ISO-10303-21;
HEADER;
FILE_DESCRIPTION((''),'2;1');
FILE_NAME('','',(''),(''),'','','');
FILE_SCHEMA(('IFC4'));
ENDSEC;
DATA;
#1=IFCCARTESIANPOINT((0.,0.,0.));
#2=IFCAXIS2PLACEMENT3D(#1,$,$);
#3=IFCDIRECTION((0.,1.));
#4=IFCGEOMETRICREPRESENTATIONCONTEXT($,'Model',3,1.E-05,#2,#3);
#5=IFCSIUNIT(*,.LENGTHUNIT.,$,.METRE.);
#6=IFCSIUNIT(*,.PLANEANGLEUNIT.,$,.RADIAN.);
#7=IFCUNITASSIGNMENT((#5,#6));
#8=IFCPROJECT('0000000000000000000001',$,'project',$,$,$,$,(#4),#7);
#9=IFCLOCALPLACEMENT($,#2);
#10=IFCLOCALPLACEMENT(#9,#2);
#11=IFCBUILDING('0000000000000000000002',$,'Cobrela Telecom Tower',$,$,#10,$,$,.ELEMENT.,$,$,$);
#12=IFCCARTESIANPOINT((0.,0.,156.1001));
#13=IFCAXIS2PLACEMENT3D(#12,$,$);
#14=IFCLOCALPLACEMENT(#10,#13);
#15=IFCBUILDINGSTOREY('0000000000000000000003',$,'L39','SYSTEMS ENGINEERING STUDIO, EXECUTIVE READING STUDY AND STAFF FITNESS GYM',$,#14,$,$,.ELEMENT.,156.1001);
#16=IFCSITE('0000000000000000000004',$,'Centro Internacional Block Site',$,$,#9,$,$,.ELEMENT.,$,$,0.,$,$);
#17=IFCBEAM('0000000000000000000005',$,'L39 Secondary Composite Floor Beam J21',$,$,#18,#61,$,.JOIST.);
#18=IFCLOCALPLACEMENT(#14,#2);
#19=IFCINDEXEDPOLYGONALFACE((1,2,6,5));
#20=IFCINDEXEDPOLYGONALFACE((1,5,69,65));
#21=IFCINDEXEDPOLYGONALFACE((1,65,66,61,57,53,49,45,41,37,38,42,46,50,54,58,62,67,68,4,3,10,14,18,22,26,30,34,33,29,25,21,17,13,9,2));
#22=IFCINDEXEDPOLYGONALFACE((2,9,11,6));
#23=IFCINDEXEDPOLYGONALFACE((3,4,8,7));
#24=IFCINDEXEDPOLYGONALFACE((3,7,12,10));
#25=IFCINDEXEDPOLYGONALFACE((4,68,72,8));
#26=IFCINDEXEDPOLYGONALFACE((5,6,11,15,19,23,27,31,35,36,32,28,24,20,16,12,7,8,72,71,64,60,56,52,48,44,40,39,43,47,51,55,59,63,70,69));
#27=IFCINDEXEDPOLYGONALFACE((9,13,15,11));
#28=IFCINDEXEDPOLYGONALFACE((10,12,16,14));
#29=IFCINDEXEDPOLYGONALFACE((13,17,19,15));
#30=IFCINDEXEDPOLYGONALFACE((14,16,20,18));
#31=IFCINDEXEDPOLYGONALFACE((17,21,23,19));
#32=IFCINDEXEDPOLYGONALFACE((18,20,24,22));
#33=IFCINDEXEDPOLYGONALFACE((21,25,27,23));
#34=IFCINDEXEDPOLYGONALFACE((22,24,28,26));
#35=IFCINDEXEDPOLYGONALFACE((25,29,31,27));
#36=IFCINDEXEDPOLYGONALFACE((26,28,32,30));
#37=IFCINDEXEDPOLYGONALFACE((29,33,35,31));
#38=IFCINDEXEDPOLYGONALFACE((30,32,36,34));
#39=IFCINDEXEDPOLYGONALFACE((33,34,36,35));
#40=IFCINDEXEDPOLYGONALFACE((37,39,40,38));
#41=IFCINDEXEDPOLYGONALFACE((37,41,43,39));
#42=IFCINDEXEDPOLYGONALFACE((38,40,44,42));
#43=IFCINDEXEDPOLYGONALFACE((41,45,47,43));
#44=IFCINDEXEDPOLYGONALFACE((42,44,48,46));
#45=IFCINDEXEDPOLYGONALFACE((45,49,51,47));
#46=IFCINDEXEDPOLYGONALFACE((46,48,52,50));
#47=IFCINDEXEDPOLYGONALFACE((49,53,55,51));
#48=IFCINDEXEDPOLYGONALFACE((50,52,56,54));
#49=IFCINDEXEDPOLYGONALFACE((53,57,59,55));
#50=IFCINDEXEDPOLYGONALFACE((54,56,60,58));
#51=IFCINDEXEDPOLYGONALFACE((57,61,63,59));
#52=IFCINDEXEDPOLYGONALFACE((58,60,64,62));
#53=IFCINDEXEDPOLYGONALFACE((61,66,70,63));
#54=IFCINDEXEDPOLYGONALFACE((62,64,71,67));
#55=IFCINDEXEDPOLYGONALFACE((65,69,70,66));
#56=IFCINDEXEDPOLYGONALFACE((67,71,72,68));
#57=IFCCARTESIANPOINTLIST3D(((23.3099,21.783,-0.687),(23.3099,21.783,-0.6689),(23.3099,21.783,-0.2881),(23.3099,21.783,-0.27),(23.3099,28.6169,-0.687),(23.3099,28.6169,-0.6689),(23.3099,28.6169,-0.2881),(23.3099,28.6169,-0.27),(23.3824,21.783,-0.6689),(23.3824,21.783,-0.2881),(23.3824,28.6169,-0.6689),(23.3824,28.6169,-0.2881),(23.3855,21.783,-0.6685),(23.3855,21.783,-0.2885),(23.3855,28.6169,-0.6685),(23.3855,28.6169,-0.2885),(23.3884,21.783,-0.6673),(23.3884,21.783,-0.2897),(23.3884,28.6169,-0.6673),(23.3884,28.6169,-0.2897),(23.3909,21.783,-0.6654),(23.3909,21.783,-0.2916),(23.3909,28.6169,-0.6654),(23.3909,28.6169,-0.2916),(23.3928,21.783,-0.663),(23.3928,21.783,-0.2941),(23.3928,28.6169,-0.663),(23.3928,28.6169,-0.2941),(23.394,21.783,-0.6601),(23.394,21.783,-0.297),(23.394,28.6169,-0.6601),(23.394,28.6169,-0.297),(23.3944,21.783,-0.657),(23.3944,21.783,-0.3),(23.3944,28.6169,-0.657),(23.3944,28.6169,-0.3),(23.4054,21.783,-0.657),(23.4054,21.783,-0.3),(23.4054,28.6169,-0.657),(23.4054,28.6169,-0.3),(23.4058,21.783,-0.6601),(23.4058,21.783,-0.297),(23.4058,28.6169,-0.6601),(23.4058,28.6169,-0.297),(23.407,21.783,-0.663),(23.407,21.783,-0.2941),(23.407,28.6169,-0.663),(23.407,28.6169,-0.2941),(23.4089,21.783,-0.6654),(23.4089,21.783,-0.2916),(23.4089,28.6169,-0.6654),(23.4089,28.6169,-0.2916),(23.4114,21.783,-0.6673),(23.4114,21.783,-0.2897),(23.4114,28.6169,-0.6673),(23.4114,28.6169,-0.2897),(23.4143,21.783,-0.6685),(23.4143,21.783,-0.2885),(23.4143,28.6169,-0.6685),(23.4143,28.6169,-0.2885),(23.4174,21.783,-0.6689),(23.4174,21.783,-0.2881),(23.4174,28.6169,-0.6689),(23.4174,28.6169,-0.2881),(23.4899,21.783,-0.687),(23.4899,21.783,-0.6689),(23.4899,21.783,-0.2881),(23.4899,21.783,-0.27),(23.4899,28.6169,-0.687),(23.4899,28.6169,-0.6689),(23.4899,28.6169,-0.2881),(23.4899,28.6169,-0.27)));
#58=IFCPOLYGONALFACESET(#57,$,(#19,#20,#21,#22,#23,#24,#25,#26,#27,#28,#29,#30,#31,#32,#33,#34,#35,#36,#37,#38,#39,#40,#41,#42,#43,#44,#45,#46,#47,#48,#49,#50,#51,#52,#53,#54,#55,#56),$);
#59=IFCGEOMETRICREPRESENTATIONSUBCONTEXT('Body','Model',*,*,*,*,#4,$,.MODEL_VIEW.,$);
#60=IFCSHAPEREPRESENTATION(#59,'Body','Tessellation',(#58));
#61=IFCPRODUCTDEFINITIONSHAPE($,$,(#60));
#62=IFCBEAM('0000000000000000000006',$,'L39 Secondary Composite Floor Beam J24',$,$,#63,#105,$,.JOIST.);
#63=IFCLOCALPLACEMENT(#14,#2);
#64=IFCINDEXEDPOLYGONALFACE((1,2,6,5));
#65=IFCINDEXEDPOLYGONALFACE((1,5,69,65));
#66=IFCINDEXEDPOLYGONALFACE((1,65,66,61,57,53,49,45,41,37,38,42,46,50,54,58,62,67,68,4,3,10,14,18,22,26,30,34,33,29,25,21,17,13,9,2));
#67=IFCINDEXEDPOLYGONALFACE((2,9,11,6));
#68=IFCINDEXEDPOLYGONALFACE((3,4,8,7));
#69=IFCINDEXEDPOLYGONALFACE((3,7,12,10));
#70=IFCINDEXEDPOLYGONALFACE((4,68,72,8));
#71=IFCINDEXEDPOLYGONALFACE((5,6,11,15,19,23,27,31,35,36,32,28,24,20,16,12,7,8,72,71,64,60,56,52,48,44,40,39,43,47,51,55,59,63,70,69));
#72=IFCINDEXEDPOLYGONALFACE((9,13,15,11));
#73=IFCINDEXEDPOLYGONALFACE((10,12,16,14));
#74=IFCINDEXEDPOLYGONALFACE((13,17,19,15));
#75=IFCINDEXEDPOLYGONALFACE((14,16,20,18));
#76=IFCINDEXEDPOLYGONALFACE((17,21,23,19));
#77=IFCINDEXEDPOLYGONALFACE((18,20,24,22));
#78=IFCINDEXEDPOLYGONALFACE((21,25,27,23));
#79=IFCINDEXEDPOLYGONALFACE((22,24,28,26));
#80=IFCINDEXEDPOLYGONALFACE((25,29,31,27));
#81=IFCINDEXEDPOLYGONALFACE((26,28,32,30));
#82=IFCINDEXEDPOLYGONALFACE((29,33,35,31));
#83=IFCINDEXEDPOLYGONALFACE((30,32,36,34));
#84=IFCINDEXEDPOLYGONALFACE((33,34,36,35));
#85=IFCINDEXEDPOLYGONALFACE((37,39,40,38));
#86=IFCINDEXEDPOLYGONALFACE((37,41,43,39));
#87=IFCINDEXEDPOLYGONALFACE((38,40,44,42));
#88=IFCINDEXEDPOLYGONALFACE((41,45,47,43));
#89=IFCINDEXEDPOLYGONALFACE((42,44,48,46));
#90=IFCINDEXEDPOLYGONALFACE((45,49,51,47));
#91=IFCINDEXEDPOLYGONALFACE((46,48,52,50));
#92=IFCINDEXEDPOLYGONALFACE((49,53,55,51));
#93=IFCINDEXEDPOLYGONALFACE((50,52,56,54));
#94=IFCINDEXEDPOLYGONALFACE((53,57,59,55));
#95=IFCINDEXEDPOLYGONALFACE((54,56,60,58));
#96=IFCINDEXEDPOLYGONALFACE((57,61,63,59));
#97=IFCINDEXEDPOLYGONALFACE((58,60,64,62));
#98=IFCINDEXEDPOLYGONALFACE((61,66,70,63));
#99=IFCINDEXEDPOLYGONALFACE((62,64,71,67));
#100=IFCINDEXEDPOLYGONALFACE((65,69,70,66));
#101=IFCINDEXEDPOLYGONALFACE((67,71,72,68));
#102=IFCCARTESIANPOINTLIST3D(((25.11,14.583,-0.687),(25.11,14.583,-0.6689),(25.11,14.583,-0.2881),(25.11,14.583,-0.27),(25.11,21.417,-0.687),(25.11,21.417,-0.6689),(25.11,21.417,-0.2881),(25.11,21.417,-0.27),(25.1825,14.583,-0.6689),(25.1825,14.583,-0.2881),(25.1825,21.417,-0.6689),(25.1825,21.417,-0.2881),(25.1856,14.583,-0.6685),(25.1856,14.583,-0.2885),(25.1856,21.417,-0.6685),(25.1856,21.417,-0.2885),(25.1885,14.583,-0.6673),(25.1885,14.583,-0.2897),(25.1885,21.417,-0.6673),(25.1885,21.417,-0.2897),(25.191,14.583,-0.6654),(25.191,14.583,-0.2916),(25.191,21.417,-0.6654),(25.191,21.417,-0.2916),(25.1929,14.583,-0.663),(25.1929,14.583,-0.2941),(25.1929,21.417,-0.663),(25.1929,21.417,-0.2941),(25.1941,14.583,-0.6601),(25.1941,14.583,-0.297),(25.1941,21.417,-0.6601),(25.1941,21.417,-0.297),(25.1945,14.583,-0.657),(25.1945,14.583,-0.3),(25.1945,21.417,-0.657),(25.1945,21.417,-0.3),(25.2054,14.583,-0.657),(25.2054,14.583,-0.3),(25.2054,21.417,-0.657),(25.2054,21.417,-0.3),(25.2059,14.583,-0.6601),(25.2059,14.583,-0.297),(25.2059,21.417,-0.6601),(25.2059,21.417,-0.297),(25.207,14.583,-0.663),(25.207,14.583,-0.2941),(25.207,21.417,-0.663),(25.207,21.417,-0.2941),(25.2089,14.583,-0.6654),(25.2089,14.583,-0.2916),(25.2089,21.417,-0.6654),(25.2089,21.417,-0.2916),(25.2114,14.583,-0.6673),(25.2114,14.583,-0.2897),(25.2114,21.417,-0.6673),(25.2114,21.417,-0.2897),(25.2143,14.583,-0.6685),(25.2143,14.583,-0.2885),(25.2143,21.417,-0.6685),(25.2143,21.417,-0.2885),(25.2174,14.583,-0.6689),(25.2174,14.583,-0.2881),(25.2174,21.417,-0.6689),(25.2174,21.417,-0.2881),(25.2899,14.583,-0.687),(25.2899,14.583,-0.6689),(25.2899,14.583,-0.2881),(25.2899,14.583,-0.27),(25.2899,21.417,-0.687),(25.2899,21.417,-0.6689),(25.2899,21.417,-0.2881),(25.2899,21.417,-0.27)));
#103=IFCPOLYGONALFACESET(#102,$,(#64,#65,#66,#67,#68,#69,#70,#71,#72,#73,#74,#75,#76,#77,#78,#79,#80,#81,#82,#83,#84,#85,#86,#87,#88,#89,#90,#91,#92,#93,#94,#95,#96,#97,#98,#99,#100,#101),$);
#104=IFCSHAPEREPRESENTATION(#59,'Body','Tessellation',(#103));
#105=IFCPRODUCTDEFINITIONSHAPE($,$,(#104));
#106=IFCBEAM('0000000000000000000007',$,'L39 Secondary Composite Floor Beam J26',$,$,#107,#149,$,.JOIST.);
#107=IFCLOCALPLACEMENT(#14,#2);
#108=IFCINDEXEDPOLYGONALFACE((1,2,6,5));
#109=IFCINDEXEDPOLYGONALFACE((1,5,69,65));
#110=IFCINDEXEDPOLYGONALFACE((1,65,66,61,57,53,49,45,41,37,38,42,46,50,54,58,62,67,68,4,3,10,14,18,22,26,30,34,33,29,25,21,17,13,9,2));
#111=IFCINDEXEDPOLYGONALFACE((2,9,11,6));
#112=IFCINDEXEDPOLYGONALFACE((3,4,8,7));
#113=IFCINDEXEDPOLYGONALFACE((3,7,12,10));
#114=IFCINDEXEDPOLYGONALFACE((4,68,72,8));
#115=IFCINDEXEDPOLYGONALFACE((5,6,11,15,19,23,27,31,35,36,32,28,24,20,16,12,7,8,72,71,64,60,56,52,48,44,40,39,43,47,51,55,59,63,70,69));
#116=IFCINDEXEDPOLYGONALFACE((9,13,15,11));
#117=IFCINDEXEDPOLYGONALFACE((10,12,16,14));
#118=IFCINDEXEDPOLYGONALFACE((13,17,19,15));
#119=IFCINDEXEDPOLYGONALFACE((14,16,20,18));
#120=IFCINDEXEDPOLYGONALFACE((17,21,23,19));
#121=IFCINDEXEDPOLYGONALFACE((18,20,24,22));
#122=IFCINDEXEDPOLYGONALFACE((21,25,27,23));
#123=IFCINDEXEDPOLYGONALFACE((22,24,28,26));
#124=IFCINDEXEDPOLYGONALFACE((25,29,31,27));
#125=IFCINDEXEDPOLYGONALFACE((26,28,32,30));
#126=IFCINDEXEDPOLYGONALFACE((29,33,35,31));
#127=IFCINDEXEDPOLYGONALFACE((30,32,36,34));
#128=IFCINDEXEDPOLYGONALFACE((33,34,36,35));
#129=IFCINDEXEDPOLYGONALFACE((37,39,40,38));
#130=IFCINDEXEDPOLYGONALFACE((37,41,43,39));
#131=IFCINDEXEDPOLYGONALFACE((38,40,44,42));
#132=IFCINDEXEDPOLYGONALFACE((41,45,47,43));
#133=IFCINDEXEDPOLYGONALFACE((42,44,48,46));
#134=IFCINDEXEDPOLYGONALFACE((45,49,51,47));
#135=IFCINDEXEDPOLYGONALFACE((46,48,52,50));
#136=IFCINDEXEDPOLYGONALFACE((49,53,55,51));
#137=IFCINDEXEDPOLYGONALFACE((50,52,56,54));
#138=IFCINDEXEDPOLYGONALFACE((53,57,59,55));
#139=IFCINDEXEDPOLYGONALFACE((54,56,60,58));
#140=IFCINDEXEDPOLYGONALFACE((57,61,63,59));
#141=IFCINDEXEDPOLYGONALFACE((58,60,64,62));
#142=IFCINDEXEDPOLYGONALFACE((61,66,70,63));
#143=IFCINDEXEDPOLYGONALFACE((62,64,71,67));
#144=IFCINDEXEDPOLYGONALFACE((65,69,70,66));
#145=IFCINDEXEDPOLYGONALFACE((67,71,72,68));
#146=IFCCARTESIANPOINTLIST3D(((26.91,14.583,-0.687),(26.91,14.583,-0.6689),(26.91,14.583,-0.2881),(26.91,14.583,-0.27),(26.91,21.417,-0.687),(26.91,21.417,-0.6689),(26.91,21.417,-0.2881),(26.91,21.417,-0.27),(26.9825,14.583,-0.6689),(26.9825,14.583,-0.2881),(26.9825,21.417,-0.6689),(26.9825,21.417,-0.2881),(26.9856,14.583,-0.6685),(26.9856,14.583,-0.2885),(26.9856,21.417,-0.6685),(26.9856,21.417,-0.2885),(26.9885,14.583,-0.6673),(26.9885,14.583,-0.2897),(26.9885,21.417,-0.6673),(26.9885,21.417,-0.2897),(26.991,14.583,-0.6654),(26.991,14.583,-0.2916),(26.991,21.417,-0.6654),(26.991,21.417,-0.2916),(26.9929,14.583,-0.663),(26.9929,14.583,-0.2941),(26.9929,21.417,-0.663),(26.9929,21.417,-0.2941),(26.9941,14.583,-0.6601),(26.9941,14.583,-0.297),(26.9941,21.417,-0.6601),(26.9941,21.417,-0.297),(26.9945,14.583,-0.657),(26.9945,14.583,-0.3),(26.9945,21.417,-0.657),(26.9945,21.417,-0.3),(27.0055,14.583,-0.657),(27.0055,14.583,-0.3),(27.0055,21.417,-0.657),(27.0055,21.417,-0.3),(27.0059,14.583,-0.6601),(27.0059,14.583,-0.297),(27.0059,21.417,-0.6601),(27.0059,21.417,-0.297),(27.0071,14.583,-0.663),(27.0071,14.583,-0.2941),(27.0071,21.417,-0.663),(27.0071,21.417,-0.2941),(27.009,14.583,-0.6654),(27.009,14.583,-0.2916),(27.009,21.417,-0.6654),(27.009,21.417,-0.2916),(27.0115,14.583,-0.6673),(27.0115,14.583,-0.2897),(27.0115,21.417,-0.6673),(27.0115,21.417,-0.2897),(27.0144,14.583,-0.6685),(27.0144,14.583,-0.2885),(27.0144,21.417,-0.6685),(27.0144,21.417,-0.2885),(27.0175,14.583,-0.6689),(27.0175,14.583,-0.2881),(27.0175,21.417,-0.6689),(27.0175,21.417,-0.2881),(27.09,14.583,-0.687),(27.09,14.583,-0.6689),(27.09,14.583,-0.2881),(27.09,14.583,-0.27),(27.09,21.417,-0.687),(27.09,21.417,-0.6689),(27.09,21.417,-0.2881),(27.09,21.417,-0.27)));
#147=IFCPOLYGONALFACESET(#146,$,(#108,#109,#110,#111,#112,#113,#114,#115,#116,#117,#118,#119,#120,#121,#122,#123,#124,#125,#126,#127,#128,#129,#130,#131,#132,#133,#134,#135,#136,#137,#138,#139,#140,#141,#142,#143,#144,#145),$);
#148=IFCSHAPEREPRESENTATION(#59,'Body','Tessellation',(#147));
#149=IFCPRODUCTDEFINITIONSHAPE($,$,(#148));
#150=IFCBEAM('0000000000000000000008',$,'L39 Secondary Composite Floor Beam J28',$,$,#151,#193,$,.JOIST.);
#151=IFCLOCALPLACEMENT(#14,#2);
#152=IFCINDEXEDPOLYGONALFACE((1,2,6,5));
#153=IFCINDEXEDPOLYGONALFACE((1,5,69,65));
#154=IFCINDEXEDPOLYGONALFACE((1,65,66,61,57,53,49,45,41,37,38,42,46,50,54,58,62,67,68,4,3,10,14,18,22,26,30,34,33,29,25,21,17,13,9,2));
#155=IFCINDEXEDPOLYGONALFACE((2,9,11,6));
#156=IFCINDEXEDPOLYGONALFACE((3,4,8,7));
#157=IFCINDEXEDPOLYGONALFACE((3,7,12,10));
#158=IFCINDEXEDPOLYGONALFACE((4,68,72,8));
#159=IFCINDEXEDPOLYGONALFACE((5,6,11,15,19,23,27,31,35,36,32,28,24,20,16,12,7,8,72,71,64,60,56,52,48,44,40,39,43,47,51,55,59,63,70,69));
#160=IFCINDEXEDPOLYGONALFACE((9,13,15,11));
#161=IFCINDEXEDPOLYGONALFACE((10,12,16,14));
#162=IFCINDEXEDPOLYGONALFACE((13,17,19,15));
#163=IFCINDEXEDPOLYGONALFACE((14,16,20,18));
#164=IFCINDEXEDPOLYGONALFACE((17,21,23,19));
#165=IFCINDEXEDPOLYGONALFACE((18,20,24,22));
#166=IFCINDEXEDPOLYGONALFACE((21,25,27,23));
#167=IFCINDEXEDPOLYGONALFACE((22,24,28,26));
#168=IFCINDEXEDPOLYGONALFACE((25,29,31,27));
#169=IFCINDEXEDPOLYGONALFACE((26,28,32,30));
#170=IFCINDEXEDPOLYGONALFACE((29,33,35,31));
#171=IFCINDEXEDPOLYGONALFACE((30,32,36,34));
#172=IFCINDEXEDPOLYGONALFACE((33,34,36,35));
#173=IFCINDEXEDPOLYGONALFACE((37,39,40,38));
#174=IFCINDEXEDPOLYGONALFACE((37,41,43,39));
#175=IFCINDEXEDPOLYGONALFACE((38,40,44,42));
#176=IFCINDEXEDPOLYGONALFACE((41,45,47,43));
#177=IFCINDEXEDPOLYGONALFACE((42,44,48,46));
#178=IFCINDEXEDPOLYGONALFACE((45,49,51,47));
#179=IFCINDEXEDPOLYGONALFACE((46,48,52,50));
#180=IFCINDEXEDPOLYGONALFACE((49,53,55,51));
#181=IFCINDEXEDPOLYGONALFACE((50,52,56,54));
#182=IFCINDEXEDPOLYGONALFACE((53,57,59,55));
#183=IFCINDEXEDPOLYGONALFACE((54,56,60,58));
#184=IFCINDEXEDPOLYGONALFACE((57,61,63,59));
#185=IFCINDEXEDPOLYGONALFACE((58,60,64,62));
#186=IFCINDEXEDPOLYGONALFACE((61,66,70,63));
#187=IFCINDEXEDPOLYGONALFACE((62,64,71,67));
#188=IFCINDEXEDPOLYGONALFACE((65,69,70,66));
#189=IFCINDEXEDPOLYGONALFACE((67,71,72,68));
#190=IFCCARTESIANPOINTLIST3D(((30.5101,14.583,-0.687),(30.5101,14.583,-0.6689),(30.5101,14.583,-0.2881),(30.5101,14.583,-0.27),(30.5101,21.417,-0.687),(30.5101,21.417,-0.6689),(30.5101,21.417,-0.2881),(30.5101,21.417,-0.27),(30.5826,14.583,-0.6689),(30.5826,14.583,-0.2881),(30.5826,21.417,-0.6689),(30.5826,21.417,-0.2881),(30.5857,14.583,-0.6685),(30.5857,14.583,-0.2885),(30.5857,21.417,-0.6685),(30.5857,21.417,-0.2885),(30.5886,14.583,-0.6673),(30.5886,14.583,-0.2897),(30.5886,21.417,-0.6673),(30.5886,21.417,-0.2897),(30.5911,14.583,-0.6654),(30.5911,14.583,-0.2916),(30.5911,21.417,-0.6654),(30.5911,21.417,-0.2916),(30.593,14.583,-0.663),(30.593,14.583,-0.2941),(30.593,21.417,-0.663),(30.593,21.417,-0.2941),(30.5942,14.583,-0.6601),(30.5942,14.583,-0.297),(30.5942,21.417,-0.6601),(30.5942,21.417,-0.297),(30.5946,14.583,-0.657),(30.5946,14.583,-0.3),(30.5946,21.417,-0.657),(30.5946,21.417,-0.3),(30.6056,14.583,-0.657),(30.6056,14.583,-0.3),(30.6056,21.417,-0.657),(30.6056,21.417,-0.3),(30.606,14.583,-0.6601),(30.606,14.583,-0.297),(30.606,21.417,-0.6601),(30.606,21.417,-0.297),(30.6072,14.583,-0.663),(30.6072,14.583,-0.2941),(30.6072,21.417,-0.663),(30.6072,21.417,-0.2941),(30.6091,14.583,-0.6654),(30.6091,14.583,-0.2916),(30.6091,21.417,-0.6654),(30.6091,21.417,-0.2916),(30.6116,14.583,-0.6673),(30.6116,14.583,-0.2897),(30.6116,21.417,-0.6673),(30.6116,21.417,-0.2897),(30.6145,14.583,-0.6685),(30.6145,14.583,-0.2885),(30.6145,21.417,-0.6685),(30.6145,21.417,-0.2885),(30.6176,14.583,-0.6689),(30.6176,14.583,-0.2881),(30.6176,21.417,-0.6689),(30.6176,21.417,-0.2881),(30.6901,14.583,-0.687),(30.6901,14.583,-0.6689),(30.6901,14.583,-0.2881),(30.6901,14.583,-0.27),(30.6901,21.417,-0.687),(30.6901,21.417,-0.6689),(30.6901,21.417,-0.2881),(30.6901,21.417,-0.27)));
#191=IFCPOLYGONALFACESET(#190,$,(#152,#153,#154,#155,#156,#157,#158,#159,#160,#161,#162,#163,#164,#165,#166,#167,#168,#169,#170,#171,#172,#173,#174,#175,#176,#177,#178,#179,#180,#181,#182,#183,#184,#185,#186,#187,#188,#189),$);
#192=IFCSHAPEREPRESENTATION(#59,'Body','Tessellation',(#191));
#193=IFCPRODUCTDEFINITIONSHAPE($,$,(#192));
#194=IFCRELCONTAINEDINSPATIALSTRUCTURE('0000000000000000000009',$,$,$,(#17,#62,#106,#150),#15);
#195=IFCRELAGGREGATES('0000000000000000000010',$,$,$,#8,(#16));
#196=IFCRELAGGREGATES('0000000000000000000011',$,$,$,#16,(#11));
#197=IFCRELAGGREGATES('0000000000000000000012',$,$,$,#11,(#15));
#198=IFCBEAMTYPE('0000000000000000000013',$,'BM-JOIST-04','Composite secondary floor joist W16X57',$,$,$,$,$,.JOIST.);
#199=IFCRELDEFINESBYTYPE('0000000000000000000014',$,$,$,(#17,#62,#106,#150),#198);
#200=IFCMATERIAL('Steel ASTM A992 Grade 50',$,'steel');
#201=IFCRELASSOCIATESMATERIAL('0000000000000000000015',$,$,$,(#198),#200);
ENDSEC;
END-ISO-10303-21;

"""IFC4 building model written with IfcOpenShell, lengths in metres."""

from ifc_helpers import new_model, si_unit, direction, frame, origin, origin_2d, place, context, subcontext, project, spatial, i_section, extrude, material, material_profile, profile_set, type_object, element, save


model = new_model("IFC4")

# Units and contexts
model_context = context("Model", 3, precision=1e-05, world=origin(), true_north=direction((0.0, 1.0)))
body_context = subcontext(model_context, "Body", "Model", "MODEL_VIEW")
ifc_project = project(units=[si_unit("LENGTHUNIT", "METRE"), si_unit("PLANEANGLEUNIT", "RADIAN")], contexts=[model_context])

# Site, building, storey
site_placement = place(None, origin())
site = spatial("IfcSite", under=ifc_project, at=site_placement, Name="Centro Internacional Block Site", CompositionType="ELEMENT", RefElevation=0.0)
building_placement = place(site_placement, origin())
building = spatial("IfcBuilding", under=site, at=building_placement, Name="Cobrela Telecom Tower", CompositionType="ELEMENT")
storey_placement = place(building_placement, frame((0.0, 0.0, 156.1001)))
storey = spatial("IfcBuildingStorey", under=building, at=storey_placement, Name="L39", Description="SYSTEMS ENGINEERING STUDIO, EXECUTIVE READING STUDY AND STAFF FITNESS GYM", CompositionType="ELEMENT", Elevation=156.1001)

# Shared definitions
ifc_material_1 = material(Name="Steel ASTM A992 Grade 50", Category="steel")

# Beams
ifc_material_profile_1 = material_profile(ifc_material_1, i_section(OverallWidth=0.1799, OverallDepth=0.417, WebThickness=0.011, FlangeThickness=0.0181, FilletRadius=0.012, at=origin_2d()), Name="W16X57")
ifc_profile_set_1 = profile_set([ifc_material_profile_1], Name="Steel ASTM A992 Grade 50")
beam_type_1 = type_object("IfcBeamType", Name="BM-JOIST-04", Description="Composite secondary floor joist W16X57", PredefinedType="JOIST", material=ifc_profile_set_1)
for number, where, z_axis, x_axis, name in (
    (1, (23.3999, 21.783, -0.4785), (0.0, 1.0, 0.0), (-1.0, 0.0, 0.0), "L39 Secondary Composite Floor Beam J21"),
    (2, (25.2, 14.583, -0.4785), (0.0, 1.0, 0.0), (-1.0, 0.0, 0.0), "L39 Secondary Composite Floor Beam J24"),
    (3, (27.0, 14.583, -0.4785), (0.0, 1.0, 0.0), (-1.0, 0.0, 0.0), "L39 Secondary Composite Floor Beam J26"),
    (4, (30.6001, 14.583, -0.4785), (0.0, 1.0, 0.0), (-1.0, 0.0, 0.0), "L39 Secondary Composite Floor Beam J28"),
):
    element("IfcBeam", number, at=place(storey_placement, frame(where, z_axis=z_axis, x_axis=x_axis)), inside=storey, type_object=beam_type_1, Name=name, PredefinedType="JOIST", context=body_context, shape_type="SweptSolid", body=[
        extrude(i_section(OverallWidth=0.1799, OverallDepth=0.417, WebThickness=0.011, FlangeThickness=0.0181, FilletRadius=0.012, at=origin_2d()), origin(), (0.0, 0.0, 1.0), 6.834),
    ])

save(model, "model.ifc")
